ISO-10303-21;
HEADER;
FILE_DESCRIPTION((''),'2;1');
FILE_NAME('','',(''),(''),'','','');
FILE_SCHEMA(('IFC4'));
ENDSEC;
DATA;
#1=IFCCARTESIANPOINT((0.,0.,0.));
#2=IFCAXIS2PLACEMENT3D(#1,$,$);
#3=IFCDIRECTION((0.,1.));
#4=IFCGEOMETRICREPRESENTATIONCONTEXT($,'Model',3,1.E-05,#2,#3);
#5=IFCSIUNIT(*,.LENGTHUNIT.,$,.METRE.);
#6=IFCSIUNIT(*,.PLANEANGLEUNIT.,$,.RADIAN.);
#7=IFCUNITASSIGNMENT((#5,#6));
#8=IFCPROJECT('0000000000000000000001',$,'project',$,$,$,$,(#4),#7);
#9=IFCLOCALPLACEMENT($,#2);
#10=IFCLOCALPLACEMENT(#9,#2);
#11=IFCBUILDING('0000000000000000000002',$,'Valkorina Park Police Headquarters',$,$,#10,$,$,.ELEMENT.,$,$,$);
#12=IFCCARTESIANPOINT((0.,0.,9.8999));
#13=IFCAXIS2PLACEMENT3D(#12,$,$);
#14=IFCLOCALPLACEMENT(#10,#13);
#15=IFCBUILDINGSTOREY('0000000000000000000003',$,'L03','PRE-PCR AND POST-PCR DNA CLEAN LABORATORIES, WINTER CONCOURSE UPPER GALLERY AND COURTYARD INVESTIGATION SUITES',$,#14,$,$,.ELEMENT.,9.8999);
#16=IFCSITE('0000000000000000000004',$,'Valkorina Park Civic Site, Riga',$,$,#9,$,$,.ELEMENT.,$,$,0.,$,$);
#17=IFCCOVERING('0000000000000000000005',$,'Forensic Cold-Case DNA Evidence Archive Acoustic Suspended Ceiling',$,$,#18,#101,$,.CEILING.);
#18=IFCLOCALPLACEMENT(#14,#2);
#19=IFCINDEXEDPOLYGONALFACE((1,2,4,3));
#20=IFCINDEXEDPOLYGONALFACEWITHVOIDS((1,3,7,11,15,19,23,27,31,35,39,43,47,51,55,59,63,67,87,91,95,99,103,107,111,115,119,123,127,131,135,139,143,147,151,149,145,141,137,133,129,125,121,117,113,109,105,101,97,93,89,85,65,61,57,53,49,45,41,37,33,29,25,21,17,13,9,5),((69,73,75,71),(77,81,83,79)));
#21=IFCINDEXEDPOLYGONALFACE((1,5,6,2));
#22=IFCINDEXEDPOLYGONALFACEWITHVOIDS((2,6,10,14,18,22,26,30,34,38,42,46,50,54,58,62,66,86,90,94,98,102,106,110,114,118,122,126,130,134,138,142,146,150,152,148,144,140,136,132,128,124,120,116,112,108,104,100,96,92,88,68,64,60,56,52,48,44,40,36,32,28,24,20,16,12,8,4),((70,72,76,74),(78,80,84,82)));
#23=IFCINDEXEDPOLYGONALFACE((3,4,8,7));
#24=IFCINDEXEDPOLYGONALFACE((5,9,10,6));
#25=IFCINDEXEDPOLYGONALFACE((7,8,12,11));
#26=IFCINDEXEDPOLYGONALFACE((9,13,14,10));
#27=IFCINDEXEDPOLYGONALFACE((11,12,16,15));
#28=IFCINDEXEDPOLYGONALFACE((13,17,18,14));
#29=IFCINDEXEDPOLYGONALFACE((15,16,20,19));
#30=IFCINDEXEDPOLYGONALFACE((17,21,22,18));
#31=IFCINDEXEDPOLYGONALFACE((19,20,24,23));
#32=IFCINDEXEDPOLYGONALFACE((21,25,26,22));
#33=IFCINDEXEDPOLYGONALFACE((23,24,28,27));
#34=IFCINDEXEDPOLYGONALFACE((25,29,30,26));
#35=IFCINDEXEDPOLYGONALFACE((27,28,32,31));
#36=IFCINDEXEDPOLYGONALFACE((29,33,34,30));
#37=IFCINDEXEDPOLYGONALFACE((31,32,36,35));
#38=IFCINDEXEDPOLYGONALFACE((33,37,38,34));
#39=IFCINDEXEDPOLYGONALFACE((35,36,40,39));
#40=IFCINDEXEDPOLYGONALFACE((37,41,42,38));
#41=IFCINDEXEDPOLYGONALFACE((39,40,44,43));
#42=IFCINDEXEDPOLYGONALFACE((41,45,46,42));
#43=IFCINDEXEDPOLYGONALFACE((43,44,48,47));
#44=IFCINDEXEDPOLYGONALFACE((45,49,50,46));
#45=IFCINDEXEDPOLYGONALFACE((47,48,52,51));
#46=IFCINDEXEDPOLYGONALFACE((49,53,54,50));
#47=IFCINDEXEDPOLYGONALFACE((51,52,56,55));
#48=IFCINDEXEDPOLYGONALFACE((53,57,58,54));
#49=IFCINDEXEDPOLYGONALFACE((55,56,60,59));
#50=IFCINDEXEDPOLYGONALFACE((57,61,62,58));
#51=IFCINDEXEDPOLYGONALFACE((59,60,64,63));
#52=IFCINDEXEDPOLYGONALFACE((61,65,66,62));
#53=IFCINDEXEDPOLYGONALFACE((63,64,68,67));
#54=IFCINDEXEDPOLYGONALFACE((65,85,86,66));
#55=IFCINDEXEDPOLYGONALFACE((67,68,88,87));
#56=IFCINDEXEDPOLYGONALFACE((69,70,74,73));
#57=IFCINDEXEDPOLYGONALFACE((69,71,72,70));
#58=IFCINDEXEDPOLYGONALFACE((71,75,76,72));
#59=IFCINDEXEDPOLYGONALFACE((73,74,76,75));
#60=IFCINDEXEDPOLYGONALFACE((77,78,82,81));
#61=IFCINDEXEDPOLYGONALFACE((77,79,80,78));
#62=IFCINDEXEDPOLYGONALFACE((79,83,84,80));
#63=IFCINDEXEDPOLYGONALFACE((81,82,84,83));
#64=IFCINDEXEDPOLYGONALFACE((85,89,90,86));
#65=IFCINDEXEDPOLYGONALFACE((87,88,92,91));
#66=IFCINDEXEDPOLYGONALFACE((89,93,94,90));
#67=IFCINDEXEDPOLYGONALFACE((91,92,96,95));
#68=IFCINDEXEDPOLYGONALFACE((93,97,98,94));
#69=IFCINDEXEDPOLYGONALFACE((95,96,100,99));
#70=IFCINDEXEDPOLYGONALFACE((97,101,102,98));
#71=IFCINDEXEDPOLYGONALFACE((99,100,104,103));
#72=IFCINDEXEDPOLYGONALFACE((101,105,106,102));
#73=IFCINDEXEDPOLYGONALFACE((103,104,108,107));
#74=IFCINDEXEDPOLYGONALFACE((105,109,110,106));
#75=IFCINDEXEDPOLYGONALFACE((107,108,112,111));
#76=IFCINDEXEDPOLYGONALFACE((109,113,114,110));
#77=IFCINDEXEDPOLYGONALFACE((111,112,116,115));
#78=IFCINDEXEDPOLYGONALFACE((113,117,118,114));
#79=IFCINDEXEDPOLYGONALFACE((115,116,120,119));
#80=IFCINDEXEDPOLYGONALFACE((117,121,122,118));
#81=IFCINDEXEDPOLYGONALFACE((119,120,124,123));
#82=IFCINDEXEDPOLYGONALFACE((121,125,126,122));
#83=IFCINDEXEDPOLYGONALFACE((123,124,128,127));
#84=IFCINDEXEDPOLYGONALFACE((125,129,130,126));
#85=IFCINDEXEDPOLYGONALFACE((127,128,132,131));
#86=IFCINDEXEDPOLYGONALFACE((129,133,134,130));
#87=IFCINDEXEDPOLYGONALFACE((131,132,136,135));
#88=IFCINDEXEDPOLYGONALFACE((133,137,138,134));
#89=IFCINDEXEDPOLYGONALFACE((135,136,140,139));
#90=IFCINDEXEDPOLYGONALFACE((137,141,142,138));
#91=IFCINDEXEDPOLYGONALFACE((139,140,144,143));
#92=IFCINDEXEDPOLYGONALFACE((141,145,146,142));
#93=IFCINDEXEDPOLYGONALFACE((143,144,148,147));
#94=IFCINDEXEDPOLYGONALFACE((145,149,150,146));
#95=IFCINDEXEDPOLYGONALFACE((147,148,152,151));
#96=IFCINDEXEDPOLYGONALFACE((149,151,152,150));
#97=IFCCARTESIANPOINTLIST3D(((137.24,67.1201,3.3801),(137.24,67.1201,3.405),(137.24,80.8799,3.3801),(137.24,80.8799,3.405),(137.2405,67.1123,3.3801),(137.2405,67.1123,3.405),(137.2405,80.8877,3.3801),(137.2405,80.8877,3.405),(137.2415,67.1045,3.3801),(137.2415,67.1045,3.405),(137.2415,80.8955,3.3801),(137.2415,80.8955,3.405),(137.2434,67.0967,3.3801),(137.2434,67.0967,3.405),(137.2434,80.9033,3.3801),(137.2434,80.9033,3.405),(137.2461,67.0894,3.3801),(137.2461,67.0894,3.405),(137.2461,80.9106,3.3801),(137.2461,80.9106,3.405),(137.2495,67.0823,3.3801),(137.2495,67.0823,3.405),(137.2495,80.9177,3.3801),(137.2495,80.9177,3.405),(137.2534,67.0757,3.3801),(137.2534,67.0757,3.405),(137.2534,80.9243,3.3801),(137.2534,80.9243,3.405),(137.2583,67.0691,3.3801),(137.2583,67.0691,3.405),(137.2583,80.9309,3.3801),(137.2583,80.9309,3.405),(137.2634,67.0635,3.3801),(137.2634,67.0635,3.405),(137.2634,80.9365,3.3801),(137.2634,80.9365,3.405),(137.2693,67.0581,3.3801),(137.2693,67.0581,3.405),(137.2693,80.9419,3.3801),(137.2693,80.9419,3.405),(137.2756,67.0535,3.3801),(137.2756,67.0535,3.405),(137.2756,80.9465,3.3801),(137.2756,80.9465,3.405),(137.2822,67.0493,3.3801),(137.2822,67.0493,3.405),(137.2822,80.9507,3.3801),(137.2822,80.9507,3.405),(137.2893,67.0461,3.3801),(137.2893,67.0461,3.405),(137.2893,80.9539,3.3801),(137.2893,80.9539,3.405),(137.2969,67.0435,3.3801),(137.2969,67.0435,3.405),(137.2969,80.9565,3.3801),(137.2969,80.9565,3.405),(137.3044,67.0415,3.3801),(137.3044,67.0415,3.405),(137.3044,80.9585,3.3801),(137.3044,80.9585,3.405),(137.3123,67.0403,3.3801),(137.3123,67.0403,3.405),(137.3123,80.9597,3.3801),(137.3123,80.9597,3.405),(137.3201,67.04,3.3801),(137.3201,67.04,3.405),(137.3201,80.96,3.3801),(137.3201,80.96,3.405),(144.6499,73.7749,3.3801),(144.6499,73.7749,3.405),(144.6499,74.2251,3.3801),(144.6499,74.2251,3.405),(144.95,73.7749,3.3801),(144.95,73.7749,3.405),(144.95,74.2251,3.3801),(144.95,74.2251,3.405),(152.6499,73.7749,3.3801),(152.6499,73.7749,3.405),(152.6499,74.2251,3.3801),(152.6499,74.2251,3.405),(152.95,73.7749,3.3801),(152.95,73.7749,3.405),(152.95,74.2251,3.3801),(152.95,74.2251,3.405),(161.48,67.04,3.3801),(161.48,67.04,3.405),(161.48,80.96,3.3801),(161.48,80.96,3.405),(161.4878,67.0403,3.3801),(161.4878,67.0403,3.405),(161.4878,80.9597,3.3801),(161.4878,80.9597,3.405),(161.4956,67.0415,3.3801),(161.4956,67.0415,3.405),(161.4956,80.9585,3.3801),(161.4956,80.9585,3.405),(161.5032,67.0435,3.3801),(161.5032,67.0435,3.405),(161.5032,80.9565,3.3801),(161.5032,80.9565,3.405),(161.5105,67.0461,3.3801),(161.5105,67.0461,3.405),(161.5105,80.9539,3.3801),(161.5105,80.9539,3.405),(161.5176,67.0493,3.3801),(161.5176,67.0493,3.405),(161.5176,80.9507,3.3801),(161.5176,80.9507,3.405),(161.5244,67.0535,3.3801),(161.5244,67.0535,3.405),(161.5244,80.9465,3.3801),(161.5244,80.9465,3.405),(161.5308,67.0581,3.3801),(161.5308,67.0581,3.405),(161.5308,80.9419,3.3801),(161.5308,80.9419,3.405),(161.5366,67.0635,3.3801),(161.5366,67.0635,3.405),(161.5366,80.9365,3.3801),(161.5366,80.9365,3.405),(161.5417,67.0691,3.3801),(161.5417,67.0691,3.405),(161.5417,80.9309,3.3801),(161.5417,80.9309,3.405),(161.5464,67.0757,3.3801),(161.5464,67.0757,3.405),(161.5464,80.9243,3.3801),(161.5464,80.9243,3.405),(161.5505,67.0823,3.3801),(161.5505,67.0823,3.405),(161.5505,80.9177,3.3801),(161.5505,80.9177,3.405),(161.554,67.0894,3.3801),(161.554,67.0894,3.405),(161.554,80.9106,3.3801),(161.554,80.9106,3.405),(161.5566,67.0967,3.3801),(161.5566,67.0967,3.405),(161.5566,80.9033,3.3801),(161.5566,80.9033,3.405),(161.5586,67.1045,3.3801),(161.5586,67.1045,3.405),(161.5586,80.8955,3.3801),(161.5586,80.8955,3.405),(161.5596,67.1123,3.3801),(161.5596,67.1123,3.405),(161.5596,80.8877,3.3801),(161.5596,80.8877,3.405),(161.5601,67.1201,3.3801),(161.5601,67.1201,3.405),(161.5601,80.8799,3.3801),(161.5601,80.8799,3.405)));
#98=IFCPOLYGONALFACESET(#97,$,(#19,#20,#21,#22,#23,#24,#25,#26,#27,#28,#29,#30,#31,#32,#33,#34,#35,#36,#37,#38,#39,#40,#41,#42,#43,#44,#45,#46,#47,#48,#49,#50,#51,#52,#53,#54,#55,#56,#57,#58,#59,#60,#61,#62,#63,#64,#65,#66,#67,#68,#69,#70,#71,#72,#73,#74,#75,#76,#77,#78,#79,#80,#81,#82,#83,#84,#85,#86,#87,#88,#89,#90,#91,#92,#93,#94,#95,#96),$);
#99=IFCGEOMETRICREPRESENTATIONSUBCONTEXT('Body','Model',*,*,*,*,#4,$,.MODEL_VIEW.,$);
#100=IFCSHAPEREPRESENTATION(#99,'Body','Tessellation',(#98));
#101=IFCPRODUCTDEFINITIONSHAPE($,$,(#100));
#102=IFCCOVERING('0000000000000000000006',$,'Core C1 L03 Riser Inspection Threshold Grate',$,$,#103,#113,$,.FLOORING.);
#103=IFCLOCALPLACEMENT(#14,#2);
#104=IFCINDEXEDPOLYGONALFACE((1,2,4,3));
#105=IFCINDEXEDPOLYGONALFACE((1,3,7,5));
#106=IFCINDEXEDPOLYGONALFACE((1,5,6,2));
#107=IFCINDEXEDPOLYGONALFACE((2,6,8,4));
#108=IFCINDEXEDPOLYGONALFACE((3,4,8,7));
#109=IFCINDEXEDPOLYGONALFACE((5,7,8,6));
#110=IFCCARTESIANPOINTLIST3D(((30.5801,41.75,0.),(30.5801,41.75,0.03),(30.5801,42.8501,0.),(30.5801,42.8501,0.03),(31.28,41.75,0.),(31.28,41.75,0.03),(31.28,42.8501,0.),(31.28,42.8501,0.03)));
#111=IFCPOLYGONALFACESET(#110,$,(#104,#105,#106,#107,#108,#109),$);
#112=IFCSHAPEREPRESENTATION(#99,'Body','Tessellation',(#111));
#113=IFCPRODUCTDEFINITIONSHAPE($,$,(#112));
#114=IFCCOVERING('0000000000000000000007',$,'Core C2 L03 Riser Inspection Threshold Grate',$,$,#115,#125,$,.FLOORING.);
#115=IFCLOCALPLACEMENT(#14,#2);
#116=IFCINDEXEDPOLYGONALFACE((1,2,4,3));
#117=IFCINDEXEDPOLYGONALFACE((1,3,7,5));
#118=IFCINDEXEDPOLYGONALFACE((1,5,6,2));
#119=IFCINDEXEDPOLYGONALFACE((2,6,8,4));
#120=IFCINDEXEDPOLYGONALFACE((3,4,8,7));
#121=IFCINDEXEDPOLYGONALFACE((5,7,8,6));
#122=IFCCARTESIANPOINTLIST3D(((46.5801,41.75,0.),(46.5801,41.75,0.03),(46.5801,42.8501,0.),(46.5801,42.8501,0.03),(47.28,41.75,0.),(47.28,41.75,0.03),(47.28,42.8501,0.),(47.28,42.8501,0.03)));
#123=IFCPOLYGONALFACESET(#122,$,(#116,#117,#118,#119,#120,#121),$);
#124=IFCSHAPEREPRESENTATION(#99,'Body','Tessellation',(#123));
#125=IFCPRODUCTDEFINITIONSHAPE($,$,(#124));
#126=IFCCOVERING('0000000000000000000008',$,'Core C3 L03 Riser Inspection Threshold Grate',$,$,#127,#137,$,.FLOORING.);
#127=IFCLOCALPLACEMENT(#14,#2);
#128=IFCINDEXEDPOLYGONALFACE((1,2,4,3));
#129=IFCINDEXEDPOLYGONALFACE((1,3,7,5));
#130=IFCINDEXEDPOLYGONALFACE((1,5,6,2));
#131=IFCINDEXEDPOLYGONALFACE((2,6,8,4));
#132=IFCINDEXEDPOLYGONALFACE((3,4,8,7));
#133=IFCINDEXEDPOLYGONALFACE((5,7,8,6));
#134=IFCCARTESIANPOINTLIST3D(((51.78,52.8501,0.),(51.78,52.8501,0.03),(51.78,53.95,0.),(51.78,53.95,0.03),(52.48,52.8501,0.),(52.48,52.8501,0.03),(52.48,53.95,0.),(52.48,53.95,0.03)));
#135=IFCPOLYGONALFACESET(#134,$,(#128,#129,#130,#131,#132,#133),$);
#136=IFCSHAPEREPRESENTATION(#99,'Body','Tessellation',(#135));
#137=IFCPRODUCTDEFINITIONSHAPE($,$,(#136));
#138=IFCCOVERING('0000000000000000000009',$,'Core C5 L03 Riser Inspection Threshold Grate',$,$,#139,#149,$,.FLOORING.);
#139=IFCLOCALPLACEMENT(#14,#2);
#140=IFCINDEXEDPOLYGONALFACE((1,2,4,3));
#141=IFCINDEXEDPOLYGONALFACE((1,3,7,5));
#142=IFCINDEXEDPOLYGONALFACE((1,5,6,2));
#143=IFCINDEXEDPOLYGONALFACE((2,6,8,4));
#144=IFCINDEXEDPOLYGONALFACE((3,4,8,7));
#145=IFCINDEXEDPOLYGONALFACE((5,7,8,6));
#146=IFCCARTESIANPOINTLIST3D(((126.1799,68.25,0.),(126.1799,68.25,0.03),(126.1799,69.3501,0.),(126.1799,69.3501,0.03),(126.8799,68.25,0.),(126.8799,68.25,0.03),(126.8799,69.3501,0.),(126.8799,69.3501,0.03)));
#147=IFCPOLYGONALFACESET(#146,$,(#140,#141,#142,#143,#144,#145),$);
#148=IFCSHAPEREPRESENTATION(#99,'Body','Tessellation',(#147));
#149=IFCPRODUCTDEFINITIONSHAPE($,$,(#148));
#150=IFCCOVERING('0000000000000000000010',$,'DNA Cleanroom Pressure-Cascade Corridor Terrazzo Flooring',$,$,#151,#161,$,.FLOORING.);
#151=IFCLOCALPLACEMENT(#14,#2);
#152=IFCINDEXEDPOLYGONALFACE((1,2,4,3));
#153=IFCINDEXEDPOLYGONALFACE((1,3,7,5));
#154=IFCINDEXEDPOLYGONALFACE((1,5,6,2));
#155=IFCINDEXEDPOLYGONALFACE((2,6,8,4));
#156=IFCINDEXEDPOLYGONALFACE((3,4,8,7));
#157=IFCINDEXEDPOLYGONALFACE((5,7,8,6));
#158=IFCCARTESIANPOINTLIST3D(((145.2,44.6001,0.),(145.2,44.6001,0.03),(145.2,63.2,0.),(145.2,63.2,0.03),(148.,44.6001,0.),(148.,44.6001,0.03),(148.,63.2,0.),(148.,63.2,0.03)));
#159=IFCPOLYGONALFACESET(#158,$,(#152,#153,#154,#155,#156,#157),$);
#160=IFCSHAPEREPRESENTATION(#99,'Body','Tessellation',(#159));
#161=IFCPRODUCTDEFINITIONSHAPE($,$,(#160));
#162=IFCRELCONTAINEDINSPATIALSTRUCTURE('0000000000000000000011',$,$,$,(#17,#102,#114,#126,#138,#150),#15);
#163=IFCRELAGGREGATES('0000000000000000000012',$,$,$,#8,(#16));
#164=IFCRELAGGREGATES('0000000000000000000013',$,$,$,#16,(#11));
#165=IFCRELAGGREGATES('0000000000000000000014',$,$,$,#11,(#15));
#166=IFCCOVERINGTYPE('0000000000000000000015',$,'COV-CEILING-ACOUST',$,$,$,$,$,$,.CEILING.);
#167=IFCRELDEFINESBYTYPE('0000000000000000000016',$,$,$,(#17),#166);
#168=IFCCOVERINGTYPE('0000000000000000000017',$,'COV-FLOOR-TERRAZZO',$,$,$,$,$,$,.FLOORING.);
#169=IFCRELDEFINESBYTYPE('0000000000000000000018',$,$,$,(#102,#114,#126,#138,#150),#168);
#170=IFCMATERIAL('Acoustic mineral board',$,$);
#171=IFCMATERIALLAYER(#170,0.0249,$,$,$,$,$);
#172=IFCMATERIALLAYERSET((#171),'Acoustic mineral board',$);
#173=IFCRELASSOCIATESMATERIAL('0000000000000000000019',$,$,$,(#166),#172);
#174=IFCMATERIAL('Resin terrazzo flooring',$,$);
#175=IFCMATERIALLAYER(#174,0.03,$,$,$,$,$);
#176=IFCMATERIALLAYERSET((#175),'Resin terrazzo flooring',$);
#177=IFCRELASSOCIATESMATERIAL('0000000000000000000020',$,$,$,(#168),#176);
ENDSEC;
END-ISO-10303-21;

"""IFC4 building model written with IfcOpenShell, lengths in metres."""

from ifc_helpers import new_model, si_unit, direction, frame, origin, place, context, subcontext, project, spatial, polyline, outline, extrude, material, layer, layer_set, type_object, element, save


model = new_model("IFC4")

# Units and contexts
model_context = context("Model", 3, precision=1e-05, world=origin(), true_north=direction((0.0, 1.0)))
body_context = subcontext(model_context, "Body", "Model", "MODEL_VIEW")
ifc_project = project(units=[si_unit("LENGTHUNIT", "METRE"), si_unit("PLANEANGLEUNIT", "RADIAN")], contexts=[model_context])

# Site, building, storey
site_placement = place(None, origin())
site = spatial("IfcSite", under=ifc_project, at=site_placement, Name="Valkorina Park Civic Site, Riga", CompositionType="ELEMENT", RefElevation=0.0)
building_placement = place(site_placement, origin())
building = spatial("IfcBuilding", under=site, at=building_placement, Name="Valkorina Park Police Headquarters", CompositionType="ELEMENT")
storey_placement = place(building_placement, frame((0.0, 0.0, 9.8999)))
storey = spatial("IfcBuildingStorey", under=building, at=storey_placement, Name="L03", Description="PRE-PCR AND POST-PCR DNA CLEAN LABORATORIES, WINTER CONCOURSE UPPER GALLERY AND COURTYARD INVESTIGATION SUITES", CompositionType="ELEMENT", Elevation=9.8999)

# Coverings
ifc_material_1 = material(Name="Acoustic mineral board")
ifc_layer_1 = layer(ifc_material_1, 0.0249)
ifc_layer_set_1 = layer_set([ifc_layer_1], Name="Acoustic mineral board")
covering_type_1 = type_object("IfcCoveringType", Name="COV-CEILING-ACOUST", PredefinedType="CEILING", material=ifc_layer_set_1)
covering_1_placement = place(storey_placement, frame((0.0, 0.0, 3.3801)))
element("IfcCovering", 1, at=covering_1_placement, inside=storey, type_object=covering_type_1, Name="Forensic Cold-Case DNA Evidence Archive Acoustic Suspended Ceiling", PredefinedType="CEILING", context=body_context, shape_type="SweptSolid", body=[
    extrude(outline(polyline([(161.5586, 67.1045), (161.5596, 67.1123), (161.5601, 67.1201), (161.5601, 80.8799), (161.5596, 80.8877), (161.5586, 80.8955), (161.5566, 80.9033), (161.554, 80.9106), (161.5505, 80.9177), (161.5464, 80.9243), (161.5417, 80.9309), (161.5366, 80.9365), (161.5308, 80.9419), (161.5244, 80.9465), (161.5176, 80.9507), (161.5105, 80.9539), (161.5032, 80.9565), (161.4956, 80.9585), (161.4878, 80.9597), (161.48, 80.96), (137.3201, 80.96), (137.3123, 80.9597), (137.3044, 80.9585), (137.2969, 80.9565), (137.2893, 80.9539), (137.2822, 80.9507), (137.2756, 80.9465), (137.2693, 80.9419), (137.2634, 80.9365), (137.2583, 80.9309), (137.2534, 80.9243), (137.2495, 80.9177), (137.2461, 80.9106), (137.2434, 80.9033), (137.2415, 80.8955), (137.2405, 80.8877), (137.24, 80.8799), (137.24, 67.1201), (137.2405, 67.1123), (137.2415, 67.1045), (137.2434, 67.0967), (137.2461, 67.0894), (137.2495, 67.0823), (137.2534, 67.0757), (137.2583, 67.0691), (137.2634, 67.0635), (137.2693, 67.0581), (137.2756, 67.0535), (137.2822, 67.0493), (137.2893, 67.0461), (137.2969, 67.0435), (137.3044, 67.0415), (137.3123, 67.0403), (137.3201, 67.04), (161.48, 67.04), (161.4878, 67.0403), (161.4956, 67.0415), (161.5032, 67.0435), (161.5105, 67.0461), (161.5176, 67.0493), (161.5244, 67.0535), (161.5308, 67.0581), (161.5366, 67.0635), (161.5417, 67.0691), (161.5464, 67.0757), (161.5505, 67.0823), (161.554, 67.0894), (161.5566, 67.0967), (161.5586, 67.1045)]), holes=[polyline([(152.95, 74.2251), (152.95, 73.7749), (152.6499, 73.7749), (152.6499, 74.2251), (152.95, 74.2251)]), polyline([(144.95, 74.2251), (144.95, 73.7749), (144.6499, 73.7749), (144.6499, 74.2251), (144.95, 74.2251)])]), origin(), (0.0, 0.0, 1.0), 0.0249),
])
ifc_material_2 = material(Name="Resin terrazzo flooring")
ifc_layer_2 = layer(ifc_material_2, 0.03)
ifc_layer_set_2 = layer_set([ifc_layer_2], Name="Resin terrazzo flooring")
covering_type_2 = type_object("IfcCoveringType", Name="COV-FLOOR-TERRAZZO", PredefinedType="FLOORING", material=ifc_layer_set_2)
covering_2_placement = place(storey_placement, origin())
element("IfcCovering", 2, at=covering_2_placement, inside=storey, type_object=covering_type_2, Name="Core C1 L03 Riser Inspection Threshold Grate", PredefinedType="FLOORING", context=body_context, shape_type="SweptSolid", body=[
    extrude(outline(polyline([(31.28, 41.75), (31.28, 42.8501), (30.5801, 42.8501), (30.5801, 41.75), (31.28, 41.75)])), origin(), (0.0, 0.0, 1.0), 0.03),
])
covering_3_placement = place(storey_placement, origin())
element("IfcCovering", 3, at=covering_3_placement, inside=storey, type_object=covering_type_2, Name="Core C2 L03 Riser Inspection Threshold Grate", PredefinedType="FLOORING", context=body_context, shape_type="SweptSolid", body=[
    extrude(outline(polyline([(47.28, 41.75), (47.28, 42.8501), (46.5801, 42.8501), (46.5801, 41.75), (47.28, 41.75)])), origin(), (0.0, 0.0, 1.0), 0.03),
])
covering_4_placement = place(storey_placement, origin())
element("IfcCovering", 4, at=covering_4_placement, inside=storey, type_object=covering_type_2, Name="Core C3 L03 Riser Inspection Threshold Grate", PredefinedType="FLOORING", context=body_context, shape_type="SweptSolid", body=[
    extrude(outline(polyline([(52.48, 52.8501), (52.48, 53.95), (51.78, 53.95), (51.78, 52.8501), (52.48, 52.8501)])), origin(), (0.0, 0.0, 1.0), 0.03),
])
covering_5_placement = place(storey_placement, origin())
element("IfcCovering", 5, at=covering_5_placement, inside=storey, type_object=covering_type_2, Name="Core C5 L03 Riser Inspection Threshold Grate", PredefinedType="FLOORING", context=body_context, shape_type="SweptSolid", body=[
    extrude(outline(polyline([(126.8799, 68.25), (126.8799, 69.3501), (126.1799, 69.3501), (126.1799, 68.25), (126.8799, 68.25)])), origin(), (0.0, 0.0, 1.0), 0.03),
])
covering_6_placement = place(storey_placement, origin())
element("IfcCovering", 6, at=covering_6_placement, inside=storey, type_object=covering_type_2, Name="DNA Cleanroom Pressure-Cascade Corridor Terrazzo Flooring", PredefinedType="FLOORING", context=body_context, shape_type="SweptSolid", body=[
    extrude(outline(polyline([(148.0, 63.2), (145.2, 63.2), (145.2, 44.6001), (148.0, 44.6001), (148.0, 63.2)])), origin(), (0.0, 0.0, 1.0), 0.03),
])

save(model, "model.ifc")
